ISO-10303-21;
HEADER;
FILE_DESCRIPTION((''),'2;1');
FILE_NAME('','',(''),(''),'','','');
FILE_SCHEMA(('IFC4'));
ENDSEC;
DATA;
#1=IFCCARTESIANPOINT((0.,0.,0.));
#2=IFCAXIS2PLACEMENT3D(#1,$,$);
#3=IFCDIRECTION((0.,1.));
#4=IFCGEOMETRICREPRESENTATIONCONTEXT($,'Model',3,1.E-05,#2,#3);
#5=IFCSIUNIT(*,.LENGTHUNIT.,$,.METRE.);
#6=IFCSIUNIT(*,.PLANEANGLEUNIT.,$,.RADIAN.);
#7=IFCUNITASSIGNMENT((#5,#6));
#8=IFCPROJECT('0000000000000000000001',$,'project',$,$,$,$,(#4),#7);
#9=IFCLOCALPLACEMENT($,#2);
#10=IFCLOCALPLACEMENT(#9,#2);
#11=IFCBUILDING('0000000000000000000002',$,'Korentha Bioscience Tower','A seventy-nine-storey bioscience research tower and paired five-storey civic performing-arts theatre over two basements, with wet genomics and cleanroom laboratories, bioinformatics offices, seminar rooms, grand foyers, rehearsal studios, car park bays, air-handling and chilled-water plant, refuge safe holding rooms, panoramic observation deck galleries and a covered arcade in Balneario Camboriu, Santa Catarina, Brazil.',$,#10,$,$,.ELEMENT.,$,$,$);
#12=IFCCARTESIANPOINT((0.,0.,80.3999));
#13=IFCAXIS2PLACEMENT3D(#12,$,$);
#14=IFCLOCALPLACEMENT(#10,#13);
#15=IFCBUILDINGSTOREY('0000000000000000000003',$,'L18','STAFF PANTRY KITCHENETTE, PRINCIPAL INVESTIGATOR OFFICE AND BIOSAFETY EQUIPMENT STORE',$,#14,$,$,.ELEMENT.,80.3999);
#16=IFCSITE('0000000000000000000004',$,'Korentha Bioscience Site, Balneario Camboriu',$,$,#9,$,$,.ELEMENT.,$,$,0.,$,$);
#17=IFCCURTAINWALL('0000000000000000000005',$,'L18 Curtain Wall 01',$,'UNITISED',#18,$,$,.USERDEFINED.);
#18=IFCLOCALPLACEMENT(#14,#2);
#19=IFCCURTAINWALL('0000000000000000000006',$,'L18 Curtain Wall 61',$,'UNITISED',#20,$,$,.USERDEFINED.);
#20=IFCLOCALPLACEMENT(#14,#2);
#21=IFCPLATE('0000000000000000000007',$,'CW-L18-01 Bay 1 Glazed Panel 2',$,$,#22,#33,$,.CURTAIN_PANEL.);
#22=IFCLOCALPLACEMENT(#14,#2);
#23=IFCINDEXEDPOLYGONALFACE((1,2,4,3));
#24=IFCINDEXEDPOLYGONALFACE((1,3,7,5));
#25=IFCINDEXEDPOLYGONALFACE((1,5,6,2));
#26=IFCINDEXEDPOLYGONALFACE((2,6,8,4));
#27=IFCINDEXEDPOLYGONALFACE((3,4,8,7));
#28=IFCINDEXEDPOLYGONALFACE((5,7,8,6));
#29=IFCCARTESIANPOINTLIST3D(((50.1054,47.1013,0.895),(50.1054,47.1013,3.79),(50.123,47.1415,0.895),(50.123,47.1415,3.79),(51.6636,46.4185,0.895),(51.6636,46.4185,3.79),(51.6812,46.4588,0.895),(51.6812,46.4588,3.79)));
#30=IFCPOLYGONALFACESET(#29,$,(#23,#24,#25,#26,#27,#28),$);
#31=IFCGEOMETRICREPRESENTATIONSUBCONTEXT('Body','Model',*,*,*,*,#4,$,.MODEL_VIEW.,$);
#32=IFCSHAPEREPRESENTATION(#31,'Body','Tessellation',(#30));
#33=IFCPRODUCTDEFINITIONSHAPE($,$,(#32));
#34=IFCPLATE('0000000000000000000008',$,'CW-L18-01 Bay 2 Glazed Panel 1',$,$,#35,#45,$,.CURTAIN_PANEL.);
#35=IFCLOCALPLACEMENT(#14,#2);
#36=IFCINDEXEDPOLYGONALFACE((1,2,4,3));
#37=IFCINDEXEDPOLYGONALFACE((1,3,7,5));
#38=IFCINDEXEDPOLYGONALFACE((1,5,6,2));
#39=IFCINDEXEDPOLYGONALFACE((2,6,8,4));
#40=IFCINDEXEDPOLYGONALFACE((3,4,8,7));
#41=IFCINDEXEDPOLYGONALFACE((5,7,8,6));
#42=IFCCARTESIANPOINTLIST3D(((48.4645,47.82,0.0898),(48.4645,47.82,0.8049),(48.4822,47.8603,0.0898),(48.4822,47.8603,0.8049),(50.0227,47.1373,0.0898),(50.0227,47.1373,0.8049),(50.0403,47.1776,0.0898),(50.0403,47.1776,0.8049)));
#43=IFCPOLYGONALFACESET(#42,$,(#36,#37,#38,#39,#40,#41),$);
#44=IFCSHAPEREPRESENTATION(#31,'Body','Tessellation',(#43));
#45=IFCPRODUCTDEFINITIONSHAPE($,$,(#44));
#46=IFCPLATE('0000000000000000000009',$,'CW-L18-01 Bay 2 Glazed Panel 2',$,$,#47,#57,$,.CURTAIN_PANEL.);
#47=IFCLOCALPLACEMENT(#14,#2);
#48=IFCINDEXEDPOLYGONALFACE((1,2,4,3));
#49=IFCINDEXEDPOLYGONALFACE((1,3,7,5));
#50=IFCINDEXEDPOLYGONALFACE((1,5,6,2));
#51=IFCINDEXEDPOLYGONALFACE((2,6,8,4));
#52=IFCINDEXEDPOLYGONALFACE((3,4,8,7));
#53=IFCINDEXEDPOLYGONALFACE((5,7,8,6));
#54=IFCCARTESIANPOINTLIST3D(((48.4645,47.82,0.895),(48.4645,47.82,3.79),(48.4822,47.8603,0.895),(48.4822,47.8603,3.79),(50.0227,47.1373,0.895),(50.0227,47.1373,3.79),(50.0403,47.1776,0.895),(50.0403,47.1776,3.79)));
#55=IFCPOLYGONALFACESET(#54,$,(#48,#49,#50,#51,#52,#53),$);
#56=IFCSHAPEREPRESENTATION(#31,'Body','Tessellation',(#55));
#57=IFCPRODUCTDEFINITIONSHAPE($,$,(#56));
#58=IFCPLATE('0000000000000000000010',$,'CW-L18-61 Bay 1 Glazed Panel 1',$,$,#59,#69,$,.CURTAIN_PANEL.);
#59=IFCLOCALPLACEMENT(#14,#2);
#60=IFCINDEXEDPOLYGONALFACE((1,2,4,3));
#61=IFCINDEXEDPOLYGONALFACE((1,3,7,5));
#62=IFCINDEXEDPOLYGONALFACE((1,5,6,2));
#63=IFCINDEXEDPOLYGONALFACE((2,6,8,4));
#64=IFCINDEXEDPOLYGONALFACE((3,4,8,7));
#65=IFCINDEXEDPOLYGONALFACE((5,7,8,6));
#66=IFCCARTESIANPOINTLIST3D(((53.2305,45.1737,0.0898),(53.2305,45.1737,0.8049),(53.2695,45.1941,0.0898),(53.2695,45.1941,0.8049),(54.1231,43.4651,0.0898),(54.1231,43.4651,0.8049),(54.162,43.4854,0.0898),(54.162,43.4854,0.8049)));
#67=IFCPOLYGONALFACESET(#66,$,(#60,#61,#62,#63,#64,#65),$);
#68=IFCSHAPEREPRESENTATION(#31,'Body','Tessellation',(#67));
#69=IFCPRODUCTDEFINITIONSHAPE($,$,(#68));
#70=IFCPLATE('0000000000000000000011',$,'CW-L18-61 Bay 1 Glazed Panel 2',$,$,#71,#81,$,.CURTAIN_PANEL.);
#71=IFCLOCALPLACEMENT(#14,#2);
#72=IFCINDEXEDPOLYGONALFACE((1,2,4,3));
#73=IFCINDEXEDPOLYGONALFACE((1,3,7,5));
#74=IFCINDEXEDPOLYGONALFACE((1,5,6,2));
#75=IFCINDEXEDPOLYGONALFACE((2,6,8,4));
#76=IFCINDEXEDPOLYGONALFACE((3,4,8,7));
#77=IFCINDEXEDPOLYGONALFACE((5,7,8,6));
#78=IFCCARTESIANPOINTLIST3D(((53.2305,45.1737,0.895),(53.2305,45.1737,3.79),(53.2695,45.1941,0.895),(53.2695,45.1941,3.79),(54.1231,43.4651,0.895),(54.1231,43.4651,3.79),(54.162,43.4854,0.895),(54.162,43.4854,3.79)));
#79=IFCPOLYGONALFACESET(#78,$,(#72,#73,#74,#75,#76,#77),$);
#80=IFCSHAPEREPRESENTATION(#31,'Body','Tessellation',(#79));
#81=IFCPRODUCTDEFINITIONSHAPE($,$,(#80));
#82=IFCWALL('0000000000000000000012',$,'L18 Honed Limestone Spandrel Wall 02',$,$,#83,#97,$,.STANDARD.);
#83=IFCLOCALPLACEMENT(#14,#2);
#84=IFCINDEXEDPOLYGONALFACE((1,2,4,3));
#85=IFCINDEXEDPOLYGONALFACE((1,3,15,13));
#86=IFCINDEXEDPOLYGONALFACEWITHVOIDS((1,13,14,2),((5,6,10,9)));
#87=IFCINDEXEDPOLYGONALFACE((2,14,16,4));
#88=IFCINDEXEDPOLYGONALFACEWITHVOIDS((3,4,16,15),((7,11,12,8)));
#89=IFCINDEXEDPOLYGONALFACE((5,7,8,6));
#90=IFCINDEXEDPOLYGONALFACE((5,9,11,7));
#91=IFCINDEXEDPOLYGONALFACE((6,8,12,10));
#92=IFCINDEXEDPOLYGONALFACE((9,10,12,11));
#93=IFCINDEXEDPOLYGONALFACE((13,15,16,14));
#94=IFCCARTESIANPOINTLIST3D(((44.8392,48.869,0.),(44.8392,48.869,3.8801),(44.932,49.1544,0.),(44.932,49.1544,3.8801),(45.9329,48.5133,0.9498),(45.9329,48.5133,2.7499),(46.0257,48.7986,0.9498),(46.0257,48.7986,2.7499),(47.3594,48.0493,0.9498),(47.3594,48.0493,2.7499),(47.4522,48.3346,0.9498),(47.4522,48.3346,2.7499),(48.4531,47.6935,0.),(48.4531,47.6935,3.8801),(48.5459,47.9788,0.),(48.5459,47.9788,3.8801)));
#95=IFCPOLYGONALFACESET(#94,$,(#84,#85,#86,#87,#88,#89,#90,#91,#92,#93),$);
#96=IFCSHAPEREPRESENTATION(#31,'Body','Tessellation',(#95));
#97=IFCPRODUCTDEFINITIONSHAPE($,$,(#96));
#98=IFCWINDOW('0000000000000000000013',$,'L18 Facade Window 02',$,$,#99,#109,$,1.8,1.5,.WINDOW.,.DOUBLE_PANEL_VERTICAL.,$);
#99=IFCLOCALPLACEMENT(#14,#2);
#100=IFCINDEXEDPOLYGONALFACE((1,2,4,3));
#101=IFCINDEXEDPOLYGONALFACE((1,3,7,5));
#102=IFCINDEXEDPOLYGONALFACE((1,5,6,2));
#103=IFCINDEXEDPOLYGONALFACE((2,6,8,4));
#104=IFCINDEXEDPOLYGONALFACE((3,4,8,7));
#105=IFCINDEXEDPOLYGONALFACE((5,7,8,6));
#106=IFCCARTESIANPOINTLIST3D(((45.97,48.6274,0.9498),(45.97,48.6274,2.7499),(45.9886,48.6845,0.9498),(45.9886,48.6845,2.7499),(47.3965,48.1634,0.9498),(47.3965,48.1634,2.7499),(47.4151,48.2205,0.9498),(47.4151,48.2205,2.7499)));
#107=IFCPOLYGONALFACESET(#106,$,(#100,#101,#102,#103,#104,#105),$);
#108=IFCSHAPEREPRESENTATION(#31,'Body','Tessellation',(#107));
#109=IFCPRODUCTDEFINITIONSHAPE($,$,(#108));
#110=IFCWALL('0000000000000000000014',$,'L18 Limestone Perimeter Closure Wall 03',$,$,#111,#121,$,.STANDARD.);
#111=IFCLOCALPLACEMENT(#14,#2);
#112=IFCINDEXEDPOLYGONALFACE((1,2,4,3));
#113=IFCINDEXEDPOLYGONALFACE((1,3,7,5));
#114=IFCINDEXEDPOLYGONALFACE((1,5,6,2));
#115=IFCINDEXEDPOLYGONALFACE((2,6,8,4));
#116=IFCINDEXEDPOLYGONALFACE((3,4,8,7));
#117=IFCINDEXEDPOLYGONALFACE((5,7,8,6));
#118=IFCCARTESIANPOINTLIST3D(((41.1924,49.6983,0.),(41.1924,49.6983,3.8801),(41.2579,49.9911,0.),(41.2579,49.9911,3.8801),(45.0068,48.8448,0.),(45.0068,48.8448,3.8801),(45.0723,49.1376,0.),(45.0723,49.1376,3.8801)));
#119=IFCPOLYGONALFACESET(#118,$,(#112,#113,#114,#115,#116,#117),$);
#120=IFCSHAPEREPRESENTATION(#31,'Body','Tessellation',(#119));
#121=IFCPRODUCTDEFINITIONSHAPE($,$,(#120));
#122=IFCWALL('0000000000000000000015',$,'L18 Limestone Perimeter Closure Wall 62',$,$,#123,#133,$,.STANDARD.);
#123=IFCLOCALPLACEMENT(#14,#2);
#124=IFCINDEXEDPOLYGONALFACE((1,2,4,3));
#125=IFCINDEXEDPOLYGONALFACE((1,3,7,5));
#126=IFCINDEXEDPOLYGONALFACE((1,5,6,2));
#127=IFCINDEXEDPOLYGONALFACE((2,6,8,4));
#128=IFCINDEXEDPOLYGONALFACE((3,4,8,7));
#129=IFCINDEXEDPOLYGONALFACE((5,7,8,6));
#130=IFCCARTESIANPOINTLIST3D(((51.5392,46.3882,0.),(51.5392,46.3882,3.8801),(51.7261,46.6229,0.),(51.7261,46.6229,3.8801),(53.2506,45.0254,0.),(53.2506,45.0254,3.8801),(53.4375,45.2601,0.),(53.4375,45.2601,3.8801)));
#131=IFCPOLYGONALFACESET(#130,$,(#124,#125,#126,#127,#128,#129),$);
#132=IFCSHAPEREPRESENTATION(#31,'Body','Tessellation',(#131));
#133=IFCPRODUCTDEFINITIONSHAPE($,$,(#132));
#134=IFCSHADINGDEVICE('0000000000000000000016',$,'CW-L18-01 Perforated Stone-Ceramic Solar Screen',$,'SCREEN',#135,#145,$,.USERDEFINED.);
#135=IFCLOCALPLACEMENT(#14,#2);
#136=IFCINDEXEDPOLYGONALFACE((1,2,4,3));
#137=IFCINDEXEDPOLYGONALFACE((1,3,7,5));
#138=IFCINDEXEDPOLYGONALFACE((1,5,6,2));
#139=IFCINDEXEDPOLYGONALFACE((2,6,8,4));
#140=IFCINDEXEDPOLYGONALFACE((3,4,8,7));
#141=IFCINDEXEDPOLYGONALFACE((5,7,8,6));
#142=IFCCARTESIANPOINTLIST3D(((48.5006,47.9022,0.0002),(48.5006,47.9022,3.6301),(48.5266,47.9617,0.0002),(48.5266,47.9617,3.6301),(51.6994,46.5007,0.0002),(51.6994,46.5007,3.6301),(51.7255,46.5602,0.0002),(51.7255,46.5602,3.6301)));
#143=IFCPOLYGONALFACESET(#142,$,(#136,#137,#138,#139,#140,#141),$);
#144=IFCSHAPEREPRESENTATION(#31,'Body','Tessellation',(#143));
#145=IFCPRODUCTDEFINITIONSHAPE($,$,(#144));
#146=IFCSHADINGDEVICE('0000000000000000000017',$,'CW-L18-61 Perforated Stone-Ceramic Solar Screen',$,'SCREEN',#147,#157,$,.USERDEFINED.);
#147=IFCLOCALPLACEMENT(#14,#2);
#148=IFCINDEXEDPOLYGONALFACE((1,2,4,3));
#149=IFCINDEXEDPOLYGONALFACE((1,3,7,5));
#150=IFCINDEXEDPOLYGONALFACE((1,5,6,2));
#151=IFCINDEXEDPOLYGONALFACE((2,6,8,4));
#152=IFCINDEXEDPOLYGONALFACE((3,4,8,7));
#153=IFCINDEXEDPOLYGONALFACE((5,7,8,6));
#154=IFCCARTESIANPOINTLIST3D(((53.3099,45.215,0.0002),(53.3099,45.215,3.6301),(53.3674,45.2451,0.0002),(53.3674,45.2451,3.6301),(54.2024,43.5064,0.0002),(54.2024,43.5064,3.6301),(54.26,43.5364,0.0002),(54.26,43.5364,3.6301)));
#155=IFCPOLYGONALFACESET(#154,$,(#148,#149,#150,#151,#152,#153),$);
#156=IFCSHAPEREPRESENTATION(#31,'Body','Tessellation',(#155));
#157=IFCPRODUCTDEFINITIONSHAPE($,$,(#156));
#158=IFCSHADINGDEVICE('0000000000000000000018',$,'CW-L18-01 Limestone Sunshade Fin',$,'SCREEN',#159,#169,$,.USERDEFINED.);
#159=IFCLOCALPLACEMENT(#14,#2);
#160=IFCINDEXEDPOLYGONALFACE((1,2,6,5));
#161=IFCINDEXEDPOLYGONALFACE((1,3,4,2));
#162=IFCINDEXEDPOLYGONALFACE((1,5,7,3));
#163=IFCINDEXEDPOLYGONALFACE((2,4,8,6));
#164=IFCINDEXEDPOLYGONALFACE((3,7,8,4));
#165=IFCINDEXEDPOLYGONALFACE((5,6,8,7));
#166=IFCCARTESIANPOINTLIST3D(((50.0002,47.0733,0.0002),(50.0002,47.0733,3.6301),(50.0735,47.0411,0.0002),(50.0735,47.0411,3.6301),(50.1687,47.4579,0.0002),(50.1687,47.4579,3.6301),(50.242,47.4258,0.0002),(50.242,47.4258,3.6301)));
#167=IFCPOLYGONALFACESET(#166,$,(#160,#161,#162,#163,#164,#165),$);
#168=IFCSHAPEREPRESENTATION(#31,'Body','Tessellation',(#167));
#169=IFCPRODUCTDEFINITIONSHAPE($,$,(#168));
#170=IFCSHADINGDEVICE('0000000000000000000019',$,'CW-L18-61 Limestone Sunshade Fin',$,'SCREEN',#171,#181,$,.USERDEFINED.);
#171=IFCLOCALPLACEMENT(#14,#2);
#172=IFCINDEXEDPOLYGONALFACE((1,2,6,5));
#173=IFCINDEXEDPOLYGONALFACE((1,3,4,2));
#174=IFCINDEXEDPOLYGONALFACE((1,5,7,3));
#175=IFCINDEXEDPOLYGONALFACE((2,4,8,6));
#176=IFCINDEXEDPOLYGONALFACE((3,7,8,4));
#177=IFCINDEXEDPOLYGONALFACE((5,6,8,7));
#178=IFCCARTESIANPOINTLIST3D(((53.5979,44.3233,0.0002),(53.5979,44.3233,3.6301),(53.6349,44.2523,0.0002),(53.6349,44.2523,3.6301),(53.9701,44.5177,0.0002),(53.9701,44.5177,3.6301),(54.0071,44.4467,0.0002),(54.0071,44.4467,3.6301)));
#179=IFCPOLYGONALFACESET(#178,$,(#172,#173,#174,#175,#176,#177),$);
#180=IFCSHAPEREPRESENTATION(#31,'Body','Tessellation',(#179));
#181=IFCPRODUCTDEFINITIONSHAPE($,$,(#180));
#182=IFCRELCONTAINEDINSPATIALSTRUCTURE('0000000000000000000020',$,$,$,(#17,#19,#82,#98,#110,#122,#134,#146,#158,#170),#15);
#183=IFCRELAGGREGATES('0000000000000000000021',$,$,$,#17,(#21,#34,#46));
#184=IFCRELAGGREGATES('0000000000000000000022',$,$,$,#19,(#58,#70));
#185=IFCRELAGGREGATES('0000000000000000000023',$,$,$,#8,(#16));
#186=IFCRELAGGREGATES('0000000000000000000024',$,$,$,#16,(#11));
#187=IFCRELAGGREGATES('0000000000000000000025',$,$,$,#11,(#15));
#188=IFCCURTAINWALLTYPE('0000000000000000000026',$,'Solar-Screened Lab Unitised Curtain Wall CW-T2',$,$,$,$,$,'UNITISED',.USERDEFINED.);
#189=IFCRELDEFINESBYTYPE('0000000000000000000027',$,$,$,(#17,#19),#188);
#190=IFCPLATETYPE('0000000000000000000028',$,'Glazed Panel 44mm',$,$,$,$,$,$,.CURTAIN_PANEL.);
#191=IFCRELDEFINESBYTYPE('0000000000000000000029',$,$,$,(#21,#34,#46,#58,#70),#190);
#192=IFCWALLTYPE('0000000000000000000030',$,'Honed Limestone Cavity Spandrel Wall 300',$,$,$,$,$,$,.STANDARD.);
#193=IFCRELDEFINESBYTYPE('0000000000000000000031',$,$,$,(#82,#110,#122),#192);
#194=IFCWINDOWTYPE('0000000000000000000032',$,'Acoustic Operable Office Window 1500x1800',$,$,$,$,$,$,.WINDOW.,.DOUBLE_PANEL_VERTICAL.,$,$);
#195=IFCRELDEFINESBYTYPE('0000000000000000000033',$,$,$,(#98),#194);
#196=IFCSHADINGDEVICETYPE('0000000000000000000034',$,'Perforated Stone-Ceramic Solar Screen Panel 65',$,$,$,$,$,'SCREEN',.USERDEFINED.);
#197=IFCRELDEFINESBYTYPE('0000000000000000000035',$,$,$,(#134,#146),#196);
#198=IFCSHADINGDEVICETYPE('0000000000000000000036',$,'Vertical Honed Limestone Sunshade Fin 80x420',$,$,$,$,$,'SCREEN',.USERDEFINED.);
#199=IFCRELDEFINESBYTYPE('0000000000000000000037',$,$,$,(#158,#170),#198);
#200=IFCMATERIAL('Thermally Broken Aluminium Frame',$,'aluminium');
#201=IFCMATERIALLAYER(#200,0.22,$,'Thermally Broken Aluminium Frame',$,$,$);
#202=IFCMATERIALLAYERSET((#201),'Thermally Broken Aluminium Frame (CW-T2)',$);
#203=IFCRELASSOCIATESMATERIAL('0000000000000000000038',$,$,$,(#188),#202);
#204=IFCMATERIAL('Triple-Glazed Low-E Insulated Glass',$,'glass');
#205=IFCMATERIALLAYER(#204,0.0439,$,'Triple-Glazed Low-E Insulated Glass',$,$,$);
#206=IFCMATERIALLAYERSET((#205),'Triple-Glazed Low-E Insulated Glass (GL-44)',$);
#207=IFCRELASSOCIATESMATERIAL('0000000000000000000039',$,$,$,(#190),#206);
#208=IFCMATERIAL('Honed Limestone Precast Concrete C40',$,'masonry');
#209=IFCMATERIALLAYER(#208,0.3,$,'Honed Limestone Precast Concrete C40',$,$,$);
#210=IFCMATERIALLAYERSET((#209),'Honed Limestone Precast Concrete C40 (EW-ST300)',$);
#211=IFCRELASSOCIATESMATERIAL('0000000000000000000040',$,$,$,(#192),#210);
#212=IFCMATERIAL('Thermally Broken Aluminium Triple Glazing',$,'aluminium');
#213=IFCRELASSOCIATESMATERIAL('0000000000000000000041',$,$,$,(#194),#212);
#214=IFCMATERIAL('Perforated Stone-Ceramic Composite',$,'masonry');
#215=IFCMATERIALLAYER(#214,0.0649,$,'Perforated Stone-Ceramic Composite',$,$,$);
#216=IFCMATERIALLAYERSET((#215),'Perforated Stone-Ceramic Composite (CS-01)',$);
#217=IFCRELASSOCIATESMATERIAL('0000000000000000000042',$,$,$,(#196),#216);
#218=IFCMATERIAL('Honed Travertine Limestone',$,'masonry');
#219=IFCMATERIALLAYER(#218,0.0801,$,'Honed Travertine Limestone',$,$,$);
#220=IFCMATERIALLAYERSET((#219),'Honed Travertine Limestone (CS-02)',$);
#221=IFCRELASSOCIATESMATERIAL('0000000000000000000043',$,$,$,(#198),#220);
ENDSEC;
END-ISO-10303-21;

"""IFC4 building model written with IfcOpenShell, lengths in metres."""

from ifc_helpers import new_model, si_unit, direction, frame, frame_2d, origin, origin_2d, place, context, subcontext, project, spatial, rectangle, extrude, material, layer, layer_set, type_object, element, fill, aggregate, save


model = new_model("IFC4")

# Units and contexts
model_context = context("Model", 3, precision=1e-05, world=origin(), true_north=direction((0.0, 1.0)))
body_context = subcontext(model_context, "Body", "Model", "MODEL_VIEW")
ifc_project = project(units=[si_unit("LENGTHUNIT", "METRE"), si_unit("PLANEANGLEUNIT", "RADIAN")], contexts=[model_context])

# Site, building, storey
site_placement = place(None, origin())
site = spatial("IfcSite", under=ifc_project, at=site_placement, Name="Korentha Bioscience Site, Balneario Camboriu", CompositionType="ELEMENT", RefElevation=0.0)
building_placement = place(site_placement, origin())
building = spatial("IfcBuilding", under=site, at=building_placement, Name="Korentha Bioscience Tower", Description="A seventy-nine-storey bioscience research tower and paired five-storey civic performing-arts theatre over two basements, with wet genomics and cleanroom laboratories, bioinformatics offices, seminar rooms, grand foyers, rehearsal studios, car park bays, air-handling and chilled-water plant, refuge safe holding rooms, panoramic observation deck galleries and a covered arcade in Balneario Camboriu, Santa Catarina, Brazil.", CompositionType="ELEMENT")
storey_placement = place(building_placement, frame((0.0, 0.0, 80.3999)))
storey = spatial("IfcBuildingStorey", under=building, at=storey_placement, Name="L18", Description="STAFF PANTRY KITCHENETTE, PRINCIPAL INVESTIGATOR OFFICE AND BIOSAFETY EQUIPMENT STORE", CompositionType="ELEMENT", Elevation=80.3999)

# Curtain wall
ifc_material_1 = material(Name="Thermally Broken Aluminium Frame", Category="aluminium")
ifc_layer_1 = layer(ifc_material_1, 0.22, Name="Thermally Broken Aluminium Frame")
ifc_layer_set_1 = layer_set([ifc_layer_1], Name="Thermally Broken Aluminium Frame (CW-T2)")
curtain_wall_type = type_object("IfcCurtainWallType", Name="Solar-Screened Lab Unitised Curtain Wall CW-T2", ElementType="UNITISED", PredefinedType="USERDEFINED", material=ifc_layer_set_1)
curtain_wall_1_placement = place(storey_placement, origin())
curtain_wall_1 = element("IfcCurtainWall", 1, at=curtain_wall_1_placement, inside=storey, type_object=curtain_wall_type, Name="L18 Curtain Wall 01", ObjectType="UNITISED", PredefinedType="USERDEFINED")

# Curtain wall
curtain_wall_2_placement = place(storey_placement, origin())
curtain_wall_2 = element("IfcCurtainWall", 2, at=curtain_wall_2_placement, inside=storey, type_object=curtain_wall_type, Name="L18 Curtain Wall 61", ObjectType="UNITISED", PredefinedType="USERDEFINED")

# Plates
ifc_material_2 = material(Name="Triple-Glazed Low-E Insulated Glass", Category="glass")
ifc_layer_2 = layer(ifc_material_2, 0.0439, Name="Triple-Glazed Low-E Insulated Glass")
ifc_layer_set_2 = layer_set([ifc_layer_2], Name="Triple-Glazed Low-E Insulated Glass (GL-44)")
plate_type = type_object("IfcPlateType", Name="Glazed Panel 44mm", PredefinedType="CURTAIN_PANEL", material=ifc_layer_set_2)
plate_1_placement = place(storey_placement, frame((50.8933, 46.78, 0.895), z_axis=(0.0, 0.0, 1.0), x_axis=(-0.915939, 0.401317, 0.0)))
plate_1 = element("IfcPlate", 3, at=plate_1_placement, type_object=plate_type, Name="CW-L18-01 Bay 1 Glazed Panel 2", PredefinedType="CURTAIN_PANEL", context=body_context, shape_type="SweptSolid", body=[
    extrude(rectangle(XDim=1.7012, YDim=0.0439, at=origin_2d()), origin(), (0.0, 0.0, 1.0), 2.895),
])
plate_2_placement = place(storey_placement, frame((49.2524, 47.4988, 0.0898), z_axis=(0.0, 0.0, 1.0), x_axis=(-0.915939, 0.401317, 0.0)))
plate_2 = element("IfcPlate", 4, at=plate_2_placement, type_object=plate_type, Name="CW-L18-01 Bay 2 Glazed Panel 1", PredefinedType="CURTAIN_PANEL", context=body_context, shape_type="SweptSolid", body=[
    extrude(rectangle(XDim=1.7012, YDim=0.0439, at=origin_2d()), origin(), (0.0, 0.0, 1.0), 0.7151),
])
plate_3_placement = place(storey_placement, frame((49.2524, 47.4988, 0.895), z_axis=(0.0, 0.0, 1.0), x_axis=(-0.915939, 0.401317, 0.0)))
plate_3 = element("IfcPlate", 5, at=plate_3_placement, type_object=plate_type, Name="CW-L18-01 Bay 2 Glazed Panel 2", PredefinedType="CURTAIN_PANEL", context=body_context, shape_type="SweptSolid", body=[
    extrude(rectangle(XDim=1.7012, YDim=0.0439, at=origin_2d()), origin(), (0.0, 0.0, 1.0), 2.895),
])
aggregate(curtain_wall_1, [plate_1, plate_2, plate_3])
plate_4_placement = place(storey_placement, frame((53.6963, 44.3296, 0.0898), z_axis=(0.0, 0.0, 1.0), x_axis=(-0.463009, 0.886354, 0.0)))
plate_4 = element("IfcPlate", 6, at=plate_4_placement, type_object=plate_type, Name="CW-L18-61 Bay 1 Glazed Panel 1", PredefinedType="CURTAIN_PANEL", context=body_context, shape_type="SweptSolid", body=[
    extrude(rectangle(XDim=1.9277, YDim=0.0439, at=origin_2d()), origin(), (0.0, 0.0, 1.0), 0.7151),
])
plate_5_placement = place(storey_placement, frame((53.6963, 44.3296, 0.895), z_axis=(0.0, 0.0, 1.0), x_axis=(-0.463009, 0.886354, 0.0)))
plate_5 = element("IfcPlate", 7, at=plate_5_placement, type_object=plate_type, Name="CW-L18-61 Bay 1 Glazed Panel 2", PredefinedType="CURTAIN_PANEL", context=body_context, shape_type="SweptSolid", body=[
    extrude(rectangle(XDim=1.9277, YDim=0.0439, at=origin_2d()), origin(), (0.0, 0.0, 1.0), 2.895),
])
aggregate(curtain_wall_2, [plate_4, plate_5])

# Wall, opening, window
ifc_material_3 = material(Name="Honed Limestone Precast Concrete C40", Category="masonry")
ifc_layer_3 = layer(ifc_material_3, 0.3, Name="Honed Limestone Precast Concrete C40")
ifc_layer_set_3 = layer_set([ifc_layer_3], Name="Honed Limestone Precast Concrete C40 (EW-ST300)")
wall_type = type_object("IfcWallType", Name="Honed Limestone Cavity Spandrel Wall 300", PredefinedType="STANDARD", material=ifc_layer_set_3)
wall_1_placement = place(storey_placement, frame((48.4995, 47.8362, 0.0), z_axis=(0.0, 0.0, 1.0), x_axis=(-0.950958, 0.30932, 0.0)))
wall_1 = element("IfcWall", 8, at=wall_1_placement, inside=storey, type_object=wall_type, Name="L18 Honed Limestone Spandrel Wall 02", PredefinedType="STANDARD", context=body_context, shape_type="SweptSolid", body=[
    extrude(rectangle(XDim=3.8003, YDim=0.3, at=frame_2d((1.9001, 0.0))), origin(), (0.0, 0.0, 1.0), 3.8801),
])
opening_placement = place(wall_1_placement, frame((1.1501, 0.0, 0.95)))
opening = element("IfcOpeningElement", 9, at=opening_placement, cuts=wall_1, PredefinedType="OPENING", context=body_context, shape_type="SweptSolid", body=[
    extrude(rectangle(XDim=1.5, YDim=1.8, at=frame_2d((0.75, 0.8999))), frame((0.0, 0.165, 0.0), z_axis=(0.0, -1.0, 0.0), x_axis=(1.0, 0.0, 0.0)), (0.0, 0.0, 1.0), 0.3298),
])
ifc_material_4 = material(Name="Thermally Broken Aluminium Triple Glazing", Category="aluminium")
window_type = type_object("IfcWindowType", Name="Acoustic Operable Office Window 1500x1800", PartitioningType="DOUBLE_PANEL_VERTICAL", PredefinedType="WINDOW", material=ifc_material_4)
window_placement = place(opening_placement, origin())
window = element("IfcWindow", 10, at=window_placement, inside=storey, type_object=window_type, Name="L18 Facade Window 02", OverallHeight=1.8, OverallWidth=1.5, PartitioningType="DOUBLE_PANEL_VERTICAL", PredefinedType="WINDOW", context=body_context, shape_type="SweptSolid", body=[
    extrude(rectangle(XDim=1.5, YDim=1.8, at=frame_2d((0.75, 0.8999))), frame((0.0, 0.03, 0.0), z_axis=(0.0, -1.0, 0.0), x_axis=(1.0, 0.0, 0.0)), (0.0, 0.0, 1.0), 0.0601),
])
fill(opening, window)

# Walls
wall_2_placement = place(storey_placement, frame((45.0396, 48.9912, 0.0), z_axis=(0.0, 0.0, 1.0), x_axis=(-0.975869, 0.218359, 0.0)))
element("IfcWall", 11, at=wall_2_placement, inside=storey, type_object=wall_type, Name="L18 Limestone Perimeter Closure Wall 03", PredefinedType="STANDARD", context=body_context, shape_type="SweptSolid", body=[
    extrude(rectangle(XDim=3.9087, YDim=0.3, at=frame_2d((1.9543, 0.0))), origin(), (0.0, 0.0, 1.0), 3.8801),
])
wall_3_placement = place(storey_placement, frame((53.344, 45.1428, 0.0), z_axis=(0.0, 0.0, 1.0), x_axis=(-0.782282, 0.622924, 0.0)))
element("IfcWall", 12, at=wall_3_placement, inside=storey, type_object=wall_type, Name="L18 Limestone Perimeter Closure Wall 62", PredefinedType="STANDARD", context=body_context, shape_type="SweptSolid", body=[
    extrude(rectangle(XDim=2.1877, YDim=0.3, at=frame_2d((1.0938, 0.0))), origin(), (0.0, 0.0, 1.0), 3.8801),
])

# Shading devices
ifc_material_5 = material(Name="Perforated Stone-Ceramic Composite", Category="masonry")
ifc_layer_4 = layer(ifc_material_5, 0.0649, Name="Perforated Stone-Ceramic Composite")
ifc_layer_set_4 = layer_set([ifc_layer_4], Name="Perforated Stone-Ceramic Composite (CS-01)")
shading_device_type_1 = type_object("IfcShadingDeviceType", Name="Perforated Stone-Ceramic Solar Screen Panel 65", ElementType="SCREEN", PredefinedType="USERDEFINED", material=ifc_layer_set_4)
shading_device_1_placement = place(storey_placement, frame((50.113, 47.2312, 0.0002), z_axis=(0.0, 0.0, 1.0), x_axis=(-0.915939, 0.401317, 0.0)))
element("IfcShadingDevice", 13, at=shading_device_1_placement, inside=storey, type_object=shading_device_type_1, Name="CW-L18-01 Perforated Stone-Ceramic Solar Screen", ObjectType="SCREEN", PredefinedType="USERDEFINED", context=body_context, shape_type="SweptSolid", body=[
    extrude(rectangle(XDim=3.4924, YDim=0.0649, at=origin_2d()), origin(), (0.0, 0.0, 1.0), 3.6299),
])
shading_device_2_placement = place(storey_placement, frame((53.7849, 44.3757, 0.0002), z_axis=(0.0, 0.0, 1.0), x_axis=(-0.463009, 0.886354, 0.0)))
element("IfcShadingDevice", 14, at=shading_device_2_placement, inside=storey, type_object=shading_device_type_1, Name="CW-L18-61 Perforated Stone-Ceramic Solar Screen", ObjectType="SCREEN", PredefinedType="USERDEFINED", context=body_context, shape_type="SweptSolid", body=[
    extrude(rectangle(XDim=1.9277, YDim=0.0649, at=origin_2d()), origin(), (0.0, 0.0, 1.0), 3.6299),
])
ifc_material_6 = material(Name="Honed Travertine Limestone", Category="masonry")
ifc_layer_5 = layer(ifc_material_6, 0.0801, Name="Honed Travertine Limestone")
ifc_layer_set_5 = layer_set([ifc_layer_5], Name="Honed Travertine Limestone (CS-02)")
shading_device_type_2 = type_object("IfcShadingDeviceType", Name="Vertical Honed Limestone Sunshade Fin 80x420", ElementType="SCREEN", PredefinedType="USERDEFINED", material=ifc_layer_set_5)
for number, where, z_axis, x_axis, name in (
    (15, (50.1211, 47.2495, 0.0002), (0.0, 0.0, 1.0), (-0.915939, 0.401317, 0.0), "CW-L18-01 Limestone Sunshade Fin"),
    (16, (53.8025, 44.385, 0.0002), (0.0, 0.0, 1.0), (-0.463009, 0.886354, 0.0), "CW-L18-61 Limestone Sunshade Fin"),
):
    element("IfcShadingDevice", number, at=place(storey_placement, frame(where, z_axis=z_axis, x_axis=x_axis)), inside=storey, type_object=shading_device_type_2, Name=name, ObjectType="SCREEN", PredefinedType="USERDEFINED", context=body_context, shape_type="SweptSolid", body=[
        extrude(rectangle(XDim=0.0801, YDim=0.4199, at=origin_2d()), origin(), (0.0, 0.0, 1.0), 3.6299),
    ])

save(model, "model.ifc")
